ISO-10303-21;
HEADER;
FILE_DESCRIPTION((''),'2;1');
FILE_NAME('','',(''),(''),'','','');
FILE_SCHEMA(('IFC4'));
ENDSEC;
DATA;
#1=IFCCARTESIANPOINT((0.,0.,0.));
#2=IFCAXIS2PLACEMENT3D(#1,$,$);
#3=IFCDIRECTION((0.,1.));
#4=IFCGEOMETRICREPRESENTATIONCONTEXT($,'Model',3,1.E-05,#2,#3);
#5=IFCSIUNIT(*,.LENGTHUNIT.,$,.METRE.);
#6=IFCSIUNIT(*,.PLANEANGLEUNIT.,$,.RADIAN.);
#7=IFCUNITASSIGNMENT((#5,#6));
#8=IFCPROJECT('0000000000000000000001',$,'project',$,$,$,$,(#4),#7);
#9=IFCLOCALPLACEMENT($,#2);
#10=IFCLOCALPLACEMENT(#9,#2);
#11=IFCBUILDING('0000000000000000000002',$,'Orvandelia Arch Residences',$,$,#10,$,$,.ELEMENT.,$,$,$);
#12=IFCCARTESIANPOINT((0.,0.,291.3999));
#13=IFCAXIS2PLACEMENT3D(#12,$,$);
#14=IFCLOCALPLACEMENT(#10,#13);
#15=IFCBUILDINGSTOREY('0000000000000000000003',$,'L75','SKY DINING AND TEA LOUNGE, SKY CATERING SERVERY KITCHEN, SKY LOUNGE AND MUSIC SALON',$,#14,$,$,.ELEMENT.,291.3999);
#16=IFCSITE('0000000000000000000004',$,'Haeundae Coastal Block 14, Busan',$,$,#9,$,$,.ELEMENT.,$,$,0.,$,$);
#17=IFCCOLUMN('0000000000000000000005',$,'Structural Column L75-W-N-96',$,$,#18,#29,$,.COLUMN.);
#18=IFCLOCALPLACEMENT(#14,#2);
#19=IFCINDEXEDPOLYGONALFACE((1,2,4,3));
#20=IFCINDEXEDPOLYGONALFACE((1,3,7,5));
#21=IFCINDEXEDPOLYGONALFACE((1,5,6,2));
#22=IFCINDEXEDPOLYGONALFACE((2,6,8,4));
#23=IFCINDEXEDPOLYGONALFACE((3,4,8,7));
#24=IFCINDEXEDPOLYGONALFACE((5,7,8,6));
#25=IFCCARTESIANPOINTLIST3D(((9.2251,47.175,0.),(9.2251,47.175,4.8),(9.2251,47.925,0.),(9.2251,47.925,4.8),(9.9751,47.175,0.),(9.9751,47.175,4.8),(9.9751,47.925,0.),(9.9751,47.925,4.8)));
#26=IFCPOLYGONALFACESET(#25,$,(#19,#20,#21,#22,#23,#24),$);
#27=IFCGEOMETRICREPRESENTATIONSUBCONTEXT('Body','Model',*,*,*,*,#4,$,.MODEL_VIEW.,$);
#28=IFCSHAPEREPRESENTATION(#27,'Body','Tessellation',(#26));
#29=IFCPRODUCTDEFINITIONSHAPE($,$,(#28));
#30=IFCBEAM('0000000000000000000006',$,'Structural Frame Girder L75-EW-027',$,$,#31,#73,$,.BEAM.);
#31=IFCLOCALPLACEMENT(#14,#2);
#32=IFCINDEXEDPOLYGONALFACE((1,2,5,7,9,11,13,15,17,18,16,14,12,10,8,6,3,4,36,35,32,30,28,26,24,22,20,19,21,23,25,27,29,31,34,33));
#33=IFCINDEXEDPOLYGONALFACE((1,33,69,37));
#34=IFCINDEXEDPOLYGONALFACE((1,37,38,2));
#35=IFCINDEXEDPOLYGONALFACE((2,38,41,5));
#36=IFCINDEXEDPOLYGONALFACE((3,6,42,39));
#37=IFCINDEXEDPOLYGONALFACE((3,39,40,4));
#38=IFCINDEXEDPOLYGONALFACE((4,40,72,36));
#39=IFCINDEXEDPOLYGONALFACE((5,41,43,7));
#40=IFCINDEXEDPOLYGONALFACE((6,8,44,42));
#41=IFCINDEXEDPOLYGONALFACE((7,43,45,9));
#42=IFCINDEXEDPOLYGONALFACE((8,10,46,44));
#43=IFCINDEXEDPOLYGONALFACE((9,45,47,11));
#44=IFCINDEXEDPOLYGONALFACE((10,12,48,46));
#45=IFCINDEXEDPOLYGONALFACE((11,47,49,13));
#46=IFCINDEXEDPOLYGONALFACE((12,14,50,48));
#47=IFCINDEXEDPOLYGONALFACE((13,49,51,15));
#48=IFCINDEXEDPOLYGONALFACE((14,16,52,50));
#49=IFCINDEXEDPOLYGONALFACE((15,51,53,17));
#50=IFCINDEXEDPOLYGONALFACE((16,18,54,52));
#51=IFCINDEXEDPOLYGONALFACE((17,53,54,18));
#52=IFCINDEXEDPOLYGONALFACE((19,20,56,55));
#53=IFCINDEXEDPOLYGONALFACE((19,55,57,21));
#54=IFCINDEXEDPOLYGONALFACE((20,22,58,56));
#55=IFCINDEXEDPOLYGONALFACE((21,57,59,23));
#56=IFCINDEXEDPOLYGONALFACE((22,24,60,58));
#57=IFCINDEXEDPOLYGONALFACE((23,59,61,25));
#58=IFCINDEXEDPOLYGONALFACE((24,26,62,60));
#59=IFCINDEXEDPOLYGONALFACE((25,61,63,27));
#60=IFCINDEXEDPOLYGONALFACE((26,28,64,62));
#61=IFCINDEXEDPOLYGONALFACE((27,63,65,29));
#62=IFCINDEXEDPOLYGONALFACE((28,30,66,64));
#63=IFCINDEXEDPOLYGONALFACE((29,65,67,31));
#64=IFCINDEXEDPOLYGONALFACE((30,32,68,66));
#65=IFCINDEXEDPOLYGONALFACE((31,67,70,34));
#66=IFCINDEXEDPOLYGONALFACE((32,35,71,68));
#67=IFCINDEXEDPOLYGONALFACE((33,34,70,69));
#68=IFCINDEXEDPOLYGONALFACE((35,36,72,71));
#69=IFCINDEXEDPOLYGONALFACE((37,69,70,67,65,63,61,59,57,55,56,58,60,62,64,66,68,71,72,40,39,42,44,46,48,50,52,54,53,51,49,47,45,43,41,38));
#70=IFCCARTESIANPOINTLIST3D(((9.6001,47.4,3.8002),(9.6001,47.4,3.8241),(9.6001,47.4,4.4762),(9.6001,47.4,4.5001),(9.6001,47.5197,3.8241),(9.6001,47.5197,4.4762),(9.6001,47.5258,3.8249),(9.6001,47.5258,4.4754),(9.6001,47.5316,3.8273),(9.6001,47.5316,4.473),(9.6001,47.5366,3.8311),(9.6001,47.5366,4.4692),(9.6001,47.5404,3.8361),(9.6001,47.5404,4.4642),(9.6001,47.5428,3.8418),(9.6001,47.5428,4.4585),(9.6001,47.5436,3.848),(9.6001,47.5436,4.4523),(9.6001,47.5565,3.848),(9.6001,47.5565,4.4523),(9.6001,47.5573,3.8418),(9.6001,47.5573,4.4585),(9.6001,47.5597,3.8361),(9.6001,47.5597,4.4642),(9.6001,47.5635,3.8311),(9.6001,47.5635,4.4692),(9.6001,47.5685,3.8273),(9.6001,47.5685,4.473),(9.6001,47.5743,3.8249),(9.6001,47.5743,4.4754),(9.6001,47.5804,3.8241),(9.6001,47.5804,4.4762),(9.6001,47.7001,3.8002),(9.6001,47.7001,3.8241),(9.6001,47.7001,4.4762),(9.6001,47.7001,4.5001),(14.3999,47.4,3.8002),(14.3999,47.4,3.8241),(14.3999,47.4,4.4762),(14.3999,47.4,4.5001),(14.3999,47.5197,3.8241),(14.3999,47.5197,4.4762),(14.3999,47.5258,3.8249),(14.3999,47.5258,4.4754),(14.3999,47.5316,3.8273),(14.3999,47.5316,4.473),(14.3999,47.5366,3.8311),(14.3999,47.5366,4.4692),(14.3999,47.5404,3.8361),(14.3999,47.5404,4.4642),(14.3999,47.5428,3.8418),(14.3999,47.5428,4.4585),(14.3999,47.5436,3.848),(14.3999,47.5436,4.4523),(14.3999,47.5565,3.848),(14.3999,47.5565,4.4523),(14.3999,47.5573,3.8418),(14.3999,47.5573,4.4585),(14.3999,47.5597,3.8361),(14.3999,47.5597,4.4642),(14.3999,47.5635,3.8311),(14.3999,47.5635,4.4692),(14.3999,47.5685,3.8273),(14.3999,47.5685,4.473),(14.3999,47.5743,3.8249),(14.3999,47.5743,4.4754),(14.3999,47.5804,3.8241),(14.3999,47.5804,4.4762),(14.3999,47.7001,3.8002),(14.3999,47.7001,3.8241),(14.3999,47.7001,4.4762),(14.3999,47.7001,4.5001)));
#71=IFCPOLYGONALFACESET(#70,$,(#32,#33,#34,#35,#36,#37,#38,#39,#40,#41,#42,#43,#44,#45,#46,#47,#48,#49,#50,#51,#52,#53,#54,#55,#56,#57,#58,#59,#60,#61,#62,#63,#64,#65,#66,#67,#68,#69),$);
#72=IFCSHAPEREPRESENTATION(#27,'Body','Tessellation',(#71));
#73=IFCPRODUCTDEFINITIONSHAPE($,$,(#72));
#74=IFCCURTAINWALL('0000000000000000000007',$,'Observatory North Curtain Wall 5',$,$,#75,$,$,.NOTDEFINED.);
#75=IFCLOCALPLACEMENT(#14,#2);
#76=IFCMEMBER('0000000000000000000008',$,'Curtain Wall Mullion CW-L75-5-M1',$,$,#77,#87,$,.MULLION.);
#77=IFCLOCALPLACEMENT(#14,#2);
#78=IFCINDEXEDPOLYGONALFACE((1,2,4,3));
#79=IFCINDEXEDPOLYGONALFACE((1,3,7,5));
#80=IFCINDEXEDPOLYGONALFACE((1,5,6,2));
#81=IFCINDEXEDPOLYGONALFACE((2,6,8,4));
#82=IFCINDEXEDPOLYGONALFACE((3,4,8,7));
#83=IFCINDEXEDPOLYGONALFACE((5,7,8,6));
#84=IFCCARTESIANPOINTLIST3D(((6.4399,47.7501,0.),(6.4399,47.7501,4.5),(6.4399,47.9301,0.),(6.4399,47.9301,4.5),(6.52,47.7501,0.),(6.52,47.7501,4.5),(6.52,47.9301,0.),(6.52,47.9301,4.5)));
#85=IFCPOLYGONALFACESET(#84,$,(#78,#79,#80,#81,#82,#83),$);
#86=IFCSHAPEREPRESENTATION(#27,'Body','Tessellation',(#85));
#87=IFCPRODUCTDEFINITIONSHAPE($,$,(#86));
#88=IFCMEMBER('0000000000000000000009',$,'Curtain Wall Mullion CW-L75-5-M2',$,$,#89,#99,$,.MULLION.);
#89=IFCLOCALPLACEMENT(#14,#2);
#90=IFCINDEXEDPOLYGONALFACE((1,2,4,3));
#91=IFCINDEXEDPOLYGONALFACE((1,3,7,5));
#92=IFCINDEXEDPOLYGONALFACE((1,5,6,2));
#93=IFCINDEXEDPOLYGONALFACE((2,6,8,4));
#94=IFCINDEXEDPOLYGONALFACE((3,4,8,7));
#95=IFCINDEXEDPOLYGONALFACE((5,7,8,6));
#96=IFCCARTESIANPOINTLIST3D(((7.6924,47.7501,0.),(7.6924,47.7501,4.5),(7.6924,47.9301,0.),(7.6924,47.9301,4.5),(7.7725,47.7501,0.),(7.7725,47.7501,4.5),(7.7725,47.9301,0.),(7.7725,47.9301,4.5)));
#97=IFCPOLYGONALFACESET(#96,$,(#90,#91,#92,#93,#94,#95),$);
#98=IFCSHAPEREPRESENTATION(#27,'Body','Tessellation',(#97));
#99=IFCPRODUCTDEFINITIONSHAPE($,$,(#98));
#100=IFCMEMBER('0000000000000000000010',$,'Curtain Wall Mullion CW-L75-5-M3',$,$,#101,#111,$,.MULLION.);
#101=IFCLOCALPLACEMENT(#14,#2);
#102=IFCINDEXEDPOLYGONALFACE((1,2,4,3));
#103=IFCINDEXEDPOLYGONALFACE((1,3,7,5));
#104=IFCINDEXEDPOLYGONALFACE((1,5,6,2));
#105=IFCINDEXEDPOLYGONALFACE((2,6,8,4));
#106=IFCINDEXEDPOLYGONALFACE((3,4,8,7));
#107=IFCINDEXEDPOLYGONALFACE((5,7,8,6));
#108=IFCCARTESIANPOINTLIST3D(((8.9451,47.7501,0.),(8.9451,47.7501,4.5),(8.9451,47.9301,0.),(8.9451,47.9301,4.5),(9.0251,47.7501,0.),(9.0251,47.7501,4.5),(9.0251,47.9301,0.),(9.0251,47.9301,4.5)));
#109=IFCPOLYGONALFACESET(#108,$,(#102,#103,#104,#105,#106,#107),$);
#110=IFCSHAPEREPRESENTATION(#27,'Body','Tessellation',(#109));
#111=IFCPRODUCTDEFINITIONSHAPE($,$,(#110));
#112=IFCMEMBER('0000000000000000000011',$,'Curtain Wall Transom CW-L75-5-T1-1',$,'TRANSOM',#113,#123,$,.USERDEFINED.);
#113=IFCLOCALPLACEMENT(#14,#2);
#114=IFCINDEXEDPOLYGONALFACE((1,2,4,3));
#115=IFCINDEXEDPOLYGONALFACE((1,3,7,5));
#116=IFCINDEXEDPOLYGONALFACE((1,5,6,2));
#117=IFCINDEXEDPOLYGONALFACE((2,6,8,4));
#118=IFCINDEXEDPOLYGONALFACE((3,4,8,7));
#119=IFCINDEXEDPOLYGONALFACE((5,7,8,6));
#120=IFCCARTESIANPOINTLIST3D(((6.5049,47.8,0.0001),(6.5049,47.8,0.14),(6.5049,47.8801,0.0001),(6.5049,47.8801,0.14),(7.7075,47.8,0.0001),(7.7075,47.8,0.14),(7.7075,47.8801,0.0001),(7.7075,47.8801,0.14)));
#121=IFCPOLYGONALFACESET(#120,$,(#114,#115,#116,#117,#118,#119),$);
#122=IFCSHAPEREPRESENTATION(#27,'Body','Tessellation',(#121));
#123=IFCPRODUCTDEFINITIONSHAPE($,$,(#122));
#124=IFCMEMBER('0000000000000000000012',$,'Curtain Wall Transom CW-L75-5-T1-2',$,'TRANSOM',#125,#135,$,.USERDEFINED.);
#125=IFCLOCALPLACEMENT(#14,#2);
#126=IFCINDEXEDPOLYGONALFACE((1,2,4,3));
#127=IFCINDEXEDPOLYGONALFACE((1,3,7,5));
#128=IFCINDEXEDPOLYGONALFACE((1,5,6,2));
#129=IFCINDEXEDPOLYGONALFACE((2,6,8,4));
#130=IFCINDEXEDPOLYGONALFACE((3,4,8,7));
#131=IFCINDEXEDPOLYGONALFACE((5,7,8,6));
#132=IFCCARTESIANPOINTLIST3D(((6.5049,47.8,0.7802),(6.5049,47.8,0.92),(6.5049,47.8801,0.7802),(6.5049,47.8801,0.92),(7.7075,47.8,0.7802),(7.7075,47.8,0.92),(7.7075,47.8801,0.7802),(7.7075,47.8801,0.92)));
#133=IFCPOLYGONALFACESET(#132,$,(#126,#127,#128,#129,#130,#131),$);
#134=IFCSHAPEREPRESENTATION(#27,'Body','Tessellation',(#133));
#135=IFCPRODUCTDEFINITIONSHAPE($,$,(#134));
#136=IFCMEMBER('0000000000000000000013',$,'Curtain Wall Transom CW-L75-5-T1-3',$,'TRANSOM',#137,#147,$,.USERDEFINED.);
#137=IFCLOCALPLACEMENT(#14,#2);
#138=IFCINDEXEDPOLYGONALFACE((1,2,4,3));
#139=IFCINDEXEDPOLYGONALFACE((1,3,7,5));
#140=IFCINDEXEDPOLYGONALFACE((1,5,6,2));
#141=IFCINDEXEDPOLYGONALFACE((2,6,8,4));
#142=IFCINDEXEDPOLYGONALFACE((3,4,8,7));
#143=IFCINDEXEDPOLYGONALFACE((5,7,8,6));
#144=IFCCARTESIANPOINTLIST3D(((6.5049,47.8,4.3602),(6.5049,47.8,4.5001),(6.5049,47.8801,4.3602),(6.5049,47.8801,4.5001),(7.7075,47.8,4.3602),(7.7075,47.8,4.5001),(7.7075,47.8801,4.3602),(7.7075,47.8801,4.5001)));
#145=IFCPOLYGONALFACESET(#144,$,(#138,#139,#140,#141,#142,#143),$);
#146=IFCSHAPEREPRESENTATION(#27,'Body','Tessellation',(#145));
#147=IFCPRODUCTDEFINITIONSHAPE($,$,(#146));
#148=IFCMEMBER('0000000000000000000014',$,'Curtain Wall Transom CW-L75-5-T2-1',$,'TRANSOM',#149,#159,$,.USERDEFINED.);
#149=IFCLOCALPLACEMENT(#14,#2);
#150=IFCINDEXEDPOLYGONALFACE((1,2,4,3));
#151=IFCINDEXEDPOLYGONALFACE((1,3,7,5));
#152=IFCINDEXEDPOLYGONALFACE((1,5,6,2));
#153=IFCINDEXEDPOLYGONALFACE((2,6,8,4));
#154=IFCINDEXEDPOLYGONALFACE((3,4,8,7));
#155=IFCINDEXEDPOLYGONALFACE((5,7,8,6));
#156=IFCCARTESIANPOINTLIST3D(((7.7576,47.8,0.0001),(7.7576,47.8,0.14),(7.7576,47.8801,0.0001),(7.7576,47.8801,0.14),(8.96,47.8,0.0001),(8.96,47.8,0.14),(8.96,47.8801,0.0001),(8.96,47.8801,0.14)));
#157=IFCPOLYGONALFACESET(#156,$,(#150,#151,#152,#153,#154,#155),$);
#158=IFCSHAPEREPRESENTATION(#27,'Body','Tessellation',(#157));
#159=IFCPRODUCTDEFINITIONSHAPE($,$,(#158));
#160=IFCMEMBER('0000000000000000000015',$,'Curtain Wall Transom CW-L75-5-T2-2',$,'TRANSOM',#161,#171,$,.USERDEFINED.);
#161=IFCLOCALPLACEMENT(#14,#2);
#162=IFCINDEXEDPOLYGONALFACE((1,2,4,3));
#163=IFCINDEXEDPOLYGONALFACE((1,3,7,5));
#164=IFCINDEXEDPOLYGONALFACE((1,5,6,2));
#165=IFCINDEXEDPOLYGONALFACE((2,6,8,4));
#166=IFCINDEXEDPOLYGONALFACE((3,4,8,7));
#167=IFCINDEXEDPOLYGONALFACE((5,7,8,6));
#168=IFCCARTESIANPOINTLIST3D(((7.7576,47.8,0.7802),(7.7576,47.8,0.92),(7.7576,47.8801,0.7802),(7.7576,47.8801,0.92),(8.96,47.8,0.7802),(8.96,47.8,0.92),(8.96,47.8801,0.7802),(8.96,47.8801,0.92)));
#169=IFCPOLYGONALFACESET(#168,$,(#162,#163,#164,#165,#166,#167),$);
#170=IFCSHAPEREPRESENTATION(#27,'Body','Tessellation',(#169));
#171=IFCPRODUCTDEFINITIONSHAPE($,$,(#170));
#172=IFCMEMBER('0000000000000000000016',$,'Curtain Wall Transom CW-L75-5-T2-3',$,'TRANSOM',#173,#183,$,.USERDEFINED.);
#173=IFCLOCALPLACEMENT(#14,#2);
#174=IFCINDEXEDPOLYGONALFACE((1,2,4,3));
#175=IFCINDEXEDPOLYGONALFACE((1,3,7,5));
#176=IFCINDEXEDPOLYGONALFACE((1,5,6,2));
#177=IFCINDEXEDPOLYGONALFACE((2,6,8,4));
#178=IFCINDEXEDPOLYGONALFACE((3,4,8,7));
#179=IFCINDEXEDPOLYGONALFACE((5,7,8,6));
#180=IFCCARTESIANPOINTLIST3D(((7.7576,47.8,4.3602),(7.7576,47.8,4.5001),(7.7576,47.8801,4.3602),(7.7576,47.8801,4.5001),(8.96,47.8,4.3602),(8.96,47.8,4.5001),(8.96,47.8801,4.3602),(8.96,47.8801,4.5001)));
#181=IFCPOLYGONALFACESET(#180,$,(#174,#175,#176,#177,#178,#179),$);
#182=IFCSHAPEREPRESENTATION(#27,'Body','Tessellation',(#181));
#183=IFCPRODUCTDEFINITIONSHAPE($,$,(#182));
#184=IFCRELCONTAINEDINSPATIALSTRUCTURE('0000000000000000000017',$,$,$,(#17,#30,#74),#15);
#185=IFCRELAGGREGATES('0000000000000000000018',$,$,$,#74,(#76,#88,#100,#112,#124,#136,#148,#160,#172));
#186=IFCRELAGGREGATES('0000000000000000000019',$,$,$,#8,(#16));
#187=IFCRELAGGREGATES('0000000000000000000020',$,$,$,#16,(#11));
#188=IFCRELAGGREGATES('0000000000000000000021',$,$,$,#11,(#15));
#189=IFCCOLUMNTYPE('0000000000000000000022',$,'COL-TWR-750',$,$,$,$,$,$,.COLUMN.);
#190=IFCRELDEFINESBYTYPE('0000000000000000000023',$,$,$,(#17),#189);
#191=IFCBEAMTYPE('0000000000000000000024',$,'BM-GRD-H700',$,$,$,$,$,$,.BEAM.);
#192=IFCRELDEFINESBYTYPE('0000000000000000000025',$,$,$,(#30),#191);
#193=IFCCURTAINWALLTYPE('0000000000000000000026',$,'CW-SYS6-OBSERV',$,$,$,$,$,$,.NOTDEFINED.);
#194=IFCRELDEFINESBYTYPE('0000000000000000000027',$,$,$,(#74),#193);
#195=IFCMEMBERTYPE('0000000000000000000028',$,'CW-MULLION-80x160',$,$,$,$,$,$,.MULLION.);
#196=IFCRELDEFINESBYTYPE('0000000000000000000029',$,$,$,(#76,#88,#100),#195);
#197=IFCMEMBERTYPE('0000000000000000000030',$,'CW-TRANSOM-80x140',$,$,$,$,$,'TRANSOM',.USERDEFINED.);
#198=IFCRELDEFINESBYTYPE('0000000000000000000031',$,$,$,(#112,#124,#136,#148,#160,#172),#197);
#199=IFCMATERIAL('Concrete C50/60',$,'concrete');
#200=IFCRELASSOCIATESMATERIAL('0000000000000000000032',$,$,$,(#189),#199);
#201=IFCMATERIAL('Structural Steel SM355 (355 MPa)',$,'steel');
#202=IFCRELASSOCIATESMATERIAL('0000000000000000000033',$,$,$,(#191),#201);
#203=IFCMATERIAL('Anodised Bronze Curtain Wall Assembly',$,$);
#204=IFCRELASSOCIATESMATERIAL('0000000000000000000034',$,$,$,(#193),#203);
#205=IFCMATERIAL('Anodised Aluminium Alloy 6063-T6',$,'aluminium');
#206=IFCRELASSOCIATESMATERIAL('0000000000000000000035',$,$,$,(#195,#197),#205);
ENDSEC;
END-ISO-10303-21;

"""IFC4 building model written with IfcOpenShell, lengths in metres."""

from ifc_helpers import new_model, si_unit, direction, frame, origin, origin_2d, place, context, subcontext, project, spatial, rectangle, i_section, extrude, material, material_profile, profile_set, type_object, element, aggregate, save


model = new_model("IFC4")

# Units and contexts
model_context = context("Model", 3, precision=1e-05, world=origin(), true_north=direction((0.0, 1.0)))
body_context = subcontext(model_context, "Body", "Model", "MODEL_VIEW")
ifc_project = project(units=[si_unit("LENGTHUNIT", "METRE"), si_unit("PLANEANGLEUNIT", "RADIAN")], contexts=[model_context])

# Site, building, storey
site_placement = place(None, origin())
site = spatial("IfcSite", under=ifc_project, at=site_placement, Name="Haeundae Coastal Block 14, Busan", CompositionType="ELEMENT", RefElevation=0.0)
building_placement = place(site_placement, origin())
building = spatial("IfcBuilding", under=site, at=building_placement, Name="Orvandelia Arch Residences", CompositionType="ELEMENT")
storey_placement = place(building_placement, frame((0.0, 0.0, 291.3999)))
storey = spatial("IfcBuildingStorey", under=building, at=storey_placement, Name="L75", Description="SKY DINING AND TEA LOUNGE, SKY CATERING SERVERY KITCHEN, SKY LOUNGE AND MUSIC SALON", CompositionType="ELEMENT", Elevation=291.3999)

# Column
ifc_material_1 = material(Name="Concrete C50/60", Category="concrete")
ifc_material_profile_1 = material_profile(ifc_material_1, rectangle(XDim=0.75, YDim=0.75, at=origin_2d()), Name="Concrete C50/60", Category="concrete")
ifc_profile_set_1 = profile_set([ifc_material_profile_1], Name="Concrete C50/60")
column_type = type_object("IfcColumnType", Name="COL-TWR-750", PredefinedType="COLUMN", material=ifc_profile_set_1)
column_placement = place(storey_placement, frame((9.6001, 47.55, 0.0), z_axis=(0.0, 0.0, 1.0), x_axis=(1.0, 0.0, 0.0)))
element("IfcColumn", 1, at=column_placement, inside=storey, type_object=column_type, Name="Structural Column L75-W-N-96", PredefinedType="COLUMN", context=body_context, shape_type="SweptSolid", body=[
    extrude(rectangle(XDim=0.75, YDim=0.75, at=origin_2d()), origin(), (0.0, 0.0, 1.0), 4.8),
])

# Beam
ifc_material_2 = material(Name="Structural Steel SM355 (355 MPa)", Category="steel")
ifc_material_profile_2 = material_profile(ifc_material_2, i_section(OverallWidth=0.3, OverallDepth=0.7, WebThickness=0.0129, FlangeThickness=0.0239, FilletRadius=0.0239, at=origin_2d()), Name="Structural Steel SM355 (355 MPa)", Category="steel")
ifc_profile_set_2 = profile_set([ifc_material_profile_2], Name="Structural Steel SM355 (355 MPa)")
beam_type = type_object("IfcBeamType", Name="BM-GRD-H700", PredefinedType="BEAM", material=ifc_profile_set_2)
beam_placement = place(storey_placement, frame((9.6001, 47.55, 4.1501), z_axis=(1.0, 0.0, 0.0), x_axis=(0.0, 1.0, 0.0)))
element("IfcBeam", 2, at=beam_placement, inside=storey, type_object=beam_type, Name="Structural Frame Girder L75-EW-027", PredefinedType="BEAM", context=body_context, shape_type="SweptSolid", body=[
    extrude(i_section(OverallWidth=0.3, OverallDepth=0.7, WebThickness=0.0129, FlangeThickness=0.0239, FilletRadius=0.0239, at=origin_2d()), origin(), (0.0, 0.0, 1.0), 4.7998),
])

# Curtain wall, members
ifc_material_3 = material(Name="Anodised Bronze Curtain Wall Assembly")
curtain_wall_type = type_object("IfcCurtainWallType", Name="CW-SYS6-OBSERV", PredefinedType="NOTDEFINED", material=ifc_material_3)
curtain_wall_placement = place(storey_placement, origin())
curtain_wall = element("IfcCurtainWall", 3, at=curtain_wall_placement, inside=storey, type_object=curtain_wall_type, Name="Observatory North Curtain Wall 5", PredefinedType="NOTDEFINED")
ifc_material_4 = material(Name="Anodised Aluminium Alloy 6063-T6", Category="aluminium")
ifc_material_profile_3 = material_profile(ifc_material_4, rectangle(XDim=0.0801, YDim=0.1799, at=origin_2d()), Name="Anodised Aluminium Alloy 6063-T6", Category="aluminium")
ifc_profile_set_3 = profile_set([ifc_material_profile_3], Name="Anodised Aluminium Alloy 6063-T6")
member_type_1 = type_object("IfcMemberType", Name="CW-MULLION-80x160", PredefinedType="MULLION", material=ifc_profile_set_3)
member_1_placement = place(storey_placement, frame((6.48, 47.8401, 0.0), z_axis=(0.0, 0.0, 1.0), x_axis=(1.0, 0.0, 0.0)))
member_1 = element("IfcMember", 4, at=member_1_placement, type_object=member_type_1, Name="Curtain Wall Mullion CW-L75-5-M1", PredefinedType="MULLION", context=body_context, shape_type="SweptSolid", body=[
    extrude(rectangle(XDim=0.0801, YDim=0.1799, at=origin_2d()), origin(), (0.0, 0.0, 1.0), 4.5),
])
member_2_placement = place(storey_placement, frame((7.7324, 47.8401, 0.0), z_axis=(0.0, 0.0, 1.0), x_axis=(1.0, 0.0, 0.0)))
member_2 = element("IfcMember", 5, at=member_2_placement, type_object=member_type_1, Name="Curtain Wall Mullion CW-L75-5-M2", PredefinedType="MULLION", context=body_context, shape_type="SweptSolid", body=[
    extrude(rectangle(XDim=0.0801, YDim=0.1799, at=origin_2d()), origin(), (0.0, 0.0, 1.0), 4.5),
])
member_3_placement = place(storey_placement, frame((8.9851, 47.8401, 0.0), z_axis=(0.0, 0.0, 1.0), x_axis=(1.0, 0.0, 0.0)))
member_3 = element("IfcMember", 6, at=member_3_placement, type_object=member_type_1, Name="Curtain Wall Mullion CW-L75-5-M3", PredefinedType="MULLION", context=body_context, shape_type="SweptSolid", body=[
    extrude(rectangle(XDim=0.0801, YDim=0.1799, at=origin_2d()), origin(), (0.0, 0.0, 1.0), 4.5),
])
ifc_material_profile_4 = material_profile(ifc_material_4, rectangle(XDim=0.0801, YDim=0.1399, at=origin_2d()), Name="Anodised Aluminium Alloy 6063-T6", Category="aluminium")
ifc_profile_set_4 = profile_set([ifc_material_profile_4], Name="Anodised Aluminium Alloy 6063-T6")
member_type_2 = type_object("IfcMemberType", Name="CW-TRANSOM-80x140", ElementType="TRANSOM", PredefinedType="USERDEFINED", material=ifc_profile_set_4)
member_4_placement = place(storey_placement, frame((6.5049, 47.8401, 0.0701), z_axis=(1.0, 0.0, 0.0), x_axis=(0.0, 1.0, 0.0)))
member_4 = element("IfcMember", 7, at=member_4_placement, type_object=member_type_2, Name="Curtain Wall Transom CW-L75-5-T1-1", ObjectType="TRANSOM", PredefinedType="USERDEFINED", context=body_context, shape_type="SweptSolid", body=[
    extrude(rectangle(XDim=0.0801, YDim=0.1399, at=origin_2d()), origin(), (0.0, 0.0, 1.0), 1.2026),
])
member_5_placement = place(storey_placement, frame((6.5049, 47.8401, 0.8501), z_axis=(1.0, 0.0, 0.0), x_axis=(0.0, 1.0, 0.0)))
member_5 = element("IfcMember", 8, at=member_5_placement, type_object=member_type_2, Name="Curtain Wall Transom CW-L75-5-T1-2", ObjectType="TRANSOM", PredefinedType="USERDEFINED", context=body_context, shape_type="SweptSolid", body=[
    extrude(rectangle(XDim=0.0801, YDim=0.1399, at=origin_2d()), origin(), (0.0, 0.0, 1.0), 1.2026),
])
member_6_placement = place(storey_placement, frame((6.5049, 47.8401, 4.4302), z_axis=(1.0, 0.0, 0.0), x_axis=(0.0, 1.0, 0.0)))
member_6 = element("IfcMember", 9, at=member_6_placement, type_object=member_type_2, Name="Curtain Wall Transom CW-L75-5-T1-3", ObjectType="TRANSOM", PredefinedType="USERDEFINED", context=body_context, shape_type="SweptSolid", body=[
    extrude(rectangle(XDim=0.0801, YDim=0.1399, at=origin_2d()), origin(), (0.0, 0.0, 1.0), 1.2026),
])
member_7_placement = place(storey_placement, frame((7.7576, 47.8401, 0.0701), z_axis=(1.0, 0.0, 0.0), x_axis=(0.0, 1.0, 0.0)))
member_7 = element("IfcMember", 10, at=member_7_placement, type_object=member_type_2, Name="Curtain Wall Transom CW-L75-5-T2-1", ObjectType="TRANSOM", PredefinedType="USERDEFINED", context=body_context, shape_type="SweptSolid", body=[
    extrude(rectangle(XDim=0.0801, YDim=0.1399, at=origin_2d()), origin(), (0.0, 0.0, 1.0), 1.2024),
])
member_8_placement = place(storey_placement, frame((7.7576, 47.8401, 0.8501), z_axis=(1.0, 0.0, 0.0), x_axis=(0.0, 1.0, 0.0)))
member_8 = element("IfcMember", 11, at=member_8_placement, type_object=member_type_2, Name="Curtain Wall Transom CW-L75-5-T2-2", ObjectType="TRANSOM", PredefinedType="USERDEFINED", context=body_context, shape_type="SweptSolid", body=[
    extrude(rectangle(XDim=0.0801, YDim=0.1399, at=origin_2d()), origin(), (0.0, 0.0, 1.0), 1.2024),
])
member_9_placement = place(storey_placement, frame((7.7576, 47.8401, 4.4302), z_axis=(1.0, 0.0, 0.0), x_axis=(0.0, 1.0, 0.0)))
member_9 = element("IfcMember", 12, at=member_9_placement, type_object=member_type_2, Name="Curtain Wall Transom CW-L75-5-T2-3", ObjectType="TRANSOM", PredefinedType="USERDEFINED", context=body_context, shape_type="SweptSolid", body=[
    extrude(rectangle(XDim=0.0801, YDim=0.1399, at=origin_2d()), origin(), (0.0, 0.0, 1.0), 1.2024),
])
aggregate(curtain_wall, [member_1, member_2, member_3, member_4, member_5, member_6, member_7, member_8, member_9])

save(model, "model.ifc")
